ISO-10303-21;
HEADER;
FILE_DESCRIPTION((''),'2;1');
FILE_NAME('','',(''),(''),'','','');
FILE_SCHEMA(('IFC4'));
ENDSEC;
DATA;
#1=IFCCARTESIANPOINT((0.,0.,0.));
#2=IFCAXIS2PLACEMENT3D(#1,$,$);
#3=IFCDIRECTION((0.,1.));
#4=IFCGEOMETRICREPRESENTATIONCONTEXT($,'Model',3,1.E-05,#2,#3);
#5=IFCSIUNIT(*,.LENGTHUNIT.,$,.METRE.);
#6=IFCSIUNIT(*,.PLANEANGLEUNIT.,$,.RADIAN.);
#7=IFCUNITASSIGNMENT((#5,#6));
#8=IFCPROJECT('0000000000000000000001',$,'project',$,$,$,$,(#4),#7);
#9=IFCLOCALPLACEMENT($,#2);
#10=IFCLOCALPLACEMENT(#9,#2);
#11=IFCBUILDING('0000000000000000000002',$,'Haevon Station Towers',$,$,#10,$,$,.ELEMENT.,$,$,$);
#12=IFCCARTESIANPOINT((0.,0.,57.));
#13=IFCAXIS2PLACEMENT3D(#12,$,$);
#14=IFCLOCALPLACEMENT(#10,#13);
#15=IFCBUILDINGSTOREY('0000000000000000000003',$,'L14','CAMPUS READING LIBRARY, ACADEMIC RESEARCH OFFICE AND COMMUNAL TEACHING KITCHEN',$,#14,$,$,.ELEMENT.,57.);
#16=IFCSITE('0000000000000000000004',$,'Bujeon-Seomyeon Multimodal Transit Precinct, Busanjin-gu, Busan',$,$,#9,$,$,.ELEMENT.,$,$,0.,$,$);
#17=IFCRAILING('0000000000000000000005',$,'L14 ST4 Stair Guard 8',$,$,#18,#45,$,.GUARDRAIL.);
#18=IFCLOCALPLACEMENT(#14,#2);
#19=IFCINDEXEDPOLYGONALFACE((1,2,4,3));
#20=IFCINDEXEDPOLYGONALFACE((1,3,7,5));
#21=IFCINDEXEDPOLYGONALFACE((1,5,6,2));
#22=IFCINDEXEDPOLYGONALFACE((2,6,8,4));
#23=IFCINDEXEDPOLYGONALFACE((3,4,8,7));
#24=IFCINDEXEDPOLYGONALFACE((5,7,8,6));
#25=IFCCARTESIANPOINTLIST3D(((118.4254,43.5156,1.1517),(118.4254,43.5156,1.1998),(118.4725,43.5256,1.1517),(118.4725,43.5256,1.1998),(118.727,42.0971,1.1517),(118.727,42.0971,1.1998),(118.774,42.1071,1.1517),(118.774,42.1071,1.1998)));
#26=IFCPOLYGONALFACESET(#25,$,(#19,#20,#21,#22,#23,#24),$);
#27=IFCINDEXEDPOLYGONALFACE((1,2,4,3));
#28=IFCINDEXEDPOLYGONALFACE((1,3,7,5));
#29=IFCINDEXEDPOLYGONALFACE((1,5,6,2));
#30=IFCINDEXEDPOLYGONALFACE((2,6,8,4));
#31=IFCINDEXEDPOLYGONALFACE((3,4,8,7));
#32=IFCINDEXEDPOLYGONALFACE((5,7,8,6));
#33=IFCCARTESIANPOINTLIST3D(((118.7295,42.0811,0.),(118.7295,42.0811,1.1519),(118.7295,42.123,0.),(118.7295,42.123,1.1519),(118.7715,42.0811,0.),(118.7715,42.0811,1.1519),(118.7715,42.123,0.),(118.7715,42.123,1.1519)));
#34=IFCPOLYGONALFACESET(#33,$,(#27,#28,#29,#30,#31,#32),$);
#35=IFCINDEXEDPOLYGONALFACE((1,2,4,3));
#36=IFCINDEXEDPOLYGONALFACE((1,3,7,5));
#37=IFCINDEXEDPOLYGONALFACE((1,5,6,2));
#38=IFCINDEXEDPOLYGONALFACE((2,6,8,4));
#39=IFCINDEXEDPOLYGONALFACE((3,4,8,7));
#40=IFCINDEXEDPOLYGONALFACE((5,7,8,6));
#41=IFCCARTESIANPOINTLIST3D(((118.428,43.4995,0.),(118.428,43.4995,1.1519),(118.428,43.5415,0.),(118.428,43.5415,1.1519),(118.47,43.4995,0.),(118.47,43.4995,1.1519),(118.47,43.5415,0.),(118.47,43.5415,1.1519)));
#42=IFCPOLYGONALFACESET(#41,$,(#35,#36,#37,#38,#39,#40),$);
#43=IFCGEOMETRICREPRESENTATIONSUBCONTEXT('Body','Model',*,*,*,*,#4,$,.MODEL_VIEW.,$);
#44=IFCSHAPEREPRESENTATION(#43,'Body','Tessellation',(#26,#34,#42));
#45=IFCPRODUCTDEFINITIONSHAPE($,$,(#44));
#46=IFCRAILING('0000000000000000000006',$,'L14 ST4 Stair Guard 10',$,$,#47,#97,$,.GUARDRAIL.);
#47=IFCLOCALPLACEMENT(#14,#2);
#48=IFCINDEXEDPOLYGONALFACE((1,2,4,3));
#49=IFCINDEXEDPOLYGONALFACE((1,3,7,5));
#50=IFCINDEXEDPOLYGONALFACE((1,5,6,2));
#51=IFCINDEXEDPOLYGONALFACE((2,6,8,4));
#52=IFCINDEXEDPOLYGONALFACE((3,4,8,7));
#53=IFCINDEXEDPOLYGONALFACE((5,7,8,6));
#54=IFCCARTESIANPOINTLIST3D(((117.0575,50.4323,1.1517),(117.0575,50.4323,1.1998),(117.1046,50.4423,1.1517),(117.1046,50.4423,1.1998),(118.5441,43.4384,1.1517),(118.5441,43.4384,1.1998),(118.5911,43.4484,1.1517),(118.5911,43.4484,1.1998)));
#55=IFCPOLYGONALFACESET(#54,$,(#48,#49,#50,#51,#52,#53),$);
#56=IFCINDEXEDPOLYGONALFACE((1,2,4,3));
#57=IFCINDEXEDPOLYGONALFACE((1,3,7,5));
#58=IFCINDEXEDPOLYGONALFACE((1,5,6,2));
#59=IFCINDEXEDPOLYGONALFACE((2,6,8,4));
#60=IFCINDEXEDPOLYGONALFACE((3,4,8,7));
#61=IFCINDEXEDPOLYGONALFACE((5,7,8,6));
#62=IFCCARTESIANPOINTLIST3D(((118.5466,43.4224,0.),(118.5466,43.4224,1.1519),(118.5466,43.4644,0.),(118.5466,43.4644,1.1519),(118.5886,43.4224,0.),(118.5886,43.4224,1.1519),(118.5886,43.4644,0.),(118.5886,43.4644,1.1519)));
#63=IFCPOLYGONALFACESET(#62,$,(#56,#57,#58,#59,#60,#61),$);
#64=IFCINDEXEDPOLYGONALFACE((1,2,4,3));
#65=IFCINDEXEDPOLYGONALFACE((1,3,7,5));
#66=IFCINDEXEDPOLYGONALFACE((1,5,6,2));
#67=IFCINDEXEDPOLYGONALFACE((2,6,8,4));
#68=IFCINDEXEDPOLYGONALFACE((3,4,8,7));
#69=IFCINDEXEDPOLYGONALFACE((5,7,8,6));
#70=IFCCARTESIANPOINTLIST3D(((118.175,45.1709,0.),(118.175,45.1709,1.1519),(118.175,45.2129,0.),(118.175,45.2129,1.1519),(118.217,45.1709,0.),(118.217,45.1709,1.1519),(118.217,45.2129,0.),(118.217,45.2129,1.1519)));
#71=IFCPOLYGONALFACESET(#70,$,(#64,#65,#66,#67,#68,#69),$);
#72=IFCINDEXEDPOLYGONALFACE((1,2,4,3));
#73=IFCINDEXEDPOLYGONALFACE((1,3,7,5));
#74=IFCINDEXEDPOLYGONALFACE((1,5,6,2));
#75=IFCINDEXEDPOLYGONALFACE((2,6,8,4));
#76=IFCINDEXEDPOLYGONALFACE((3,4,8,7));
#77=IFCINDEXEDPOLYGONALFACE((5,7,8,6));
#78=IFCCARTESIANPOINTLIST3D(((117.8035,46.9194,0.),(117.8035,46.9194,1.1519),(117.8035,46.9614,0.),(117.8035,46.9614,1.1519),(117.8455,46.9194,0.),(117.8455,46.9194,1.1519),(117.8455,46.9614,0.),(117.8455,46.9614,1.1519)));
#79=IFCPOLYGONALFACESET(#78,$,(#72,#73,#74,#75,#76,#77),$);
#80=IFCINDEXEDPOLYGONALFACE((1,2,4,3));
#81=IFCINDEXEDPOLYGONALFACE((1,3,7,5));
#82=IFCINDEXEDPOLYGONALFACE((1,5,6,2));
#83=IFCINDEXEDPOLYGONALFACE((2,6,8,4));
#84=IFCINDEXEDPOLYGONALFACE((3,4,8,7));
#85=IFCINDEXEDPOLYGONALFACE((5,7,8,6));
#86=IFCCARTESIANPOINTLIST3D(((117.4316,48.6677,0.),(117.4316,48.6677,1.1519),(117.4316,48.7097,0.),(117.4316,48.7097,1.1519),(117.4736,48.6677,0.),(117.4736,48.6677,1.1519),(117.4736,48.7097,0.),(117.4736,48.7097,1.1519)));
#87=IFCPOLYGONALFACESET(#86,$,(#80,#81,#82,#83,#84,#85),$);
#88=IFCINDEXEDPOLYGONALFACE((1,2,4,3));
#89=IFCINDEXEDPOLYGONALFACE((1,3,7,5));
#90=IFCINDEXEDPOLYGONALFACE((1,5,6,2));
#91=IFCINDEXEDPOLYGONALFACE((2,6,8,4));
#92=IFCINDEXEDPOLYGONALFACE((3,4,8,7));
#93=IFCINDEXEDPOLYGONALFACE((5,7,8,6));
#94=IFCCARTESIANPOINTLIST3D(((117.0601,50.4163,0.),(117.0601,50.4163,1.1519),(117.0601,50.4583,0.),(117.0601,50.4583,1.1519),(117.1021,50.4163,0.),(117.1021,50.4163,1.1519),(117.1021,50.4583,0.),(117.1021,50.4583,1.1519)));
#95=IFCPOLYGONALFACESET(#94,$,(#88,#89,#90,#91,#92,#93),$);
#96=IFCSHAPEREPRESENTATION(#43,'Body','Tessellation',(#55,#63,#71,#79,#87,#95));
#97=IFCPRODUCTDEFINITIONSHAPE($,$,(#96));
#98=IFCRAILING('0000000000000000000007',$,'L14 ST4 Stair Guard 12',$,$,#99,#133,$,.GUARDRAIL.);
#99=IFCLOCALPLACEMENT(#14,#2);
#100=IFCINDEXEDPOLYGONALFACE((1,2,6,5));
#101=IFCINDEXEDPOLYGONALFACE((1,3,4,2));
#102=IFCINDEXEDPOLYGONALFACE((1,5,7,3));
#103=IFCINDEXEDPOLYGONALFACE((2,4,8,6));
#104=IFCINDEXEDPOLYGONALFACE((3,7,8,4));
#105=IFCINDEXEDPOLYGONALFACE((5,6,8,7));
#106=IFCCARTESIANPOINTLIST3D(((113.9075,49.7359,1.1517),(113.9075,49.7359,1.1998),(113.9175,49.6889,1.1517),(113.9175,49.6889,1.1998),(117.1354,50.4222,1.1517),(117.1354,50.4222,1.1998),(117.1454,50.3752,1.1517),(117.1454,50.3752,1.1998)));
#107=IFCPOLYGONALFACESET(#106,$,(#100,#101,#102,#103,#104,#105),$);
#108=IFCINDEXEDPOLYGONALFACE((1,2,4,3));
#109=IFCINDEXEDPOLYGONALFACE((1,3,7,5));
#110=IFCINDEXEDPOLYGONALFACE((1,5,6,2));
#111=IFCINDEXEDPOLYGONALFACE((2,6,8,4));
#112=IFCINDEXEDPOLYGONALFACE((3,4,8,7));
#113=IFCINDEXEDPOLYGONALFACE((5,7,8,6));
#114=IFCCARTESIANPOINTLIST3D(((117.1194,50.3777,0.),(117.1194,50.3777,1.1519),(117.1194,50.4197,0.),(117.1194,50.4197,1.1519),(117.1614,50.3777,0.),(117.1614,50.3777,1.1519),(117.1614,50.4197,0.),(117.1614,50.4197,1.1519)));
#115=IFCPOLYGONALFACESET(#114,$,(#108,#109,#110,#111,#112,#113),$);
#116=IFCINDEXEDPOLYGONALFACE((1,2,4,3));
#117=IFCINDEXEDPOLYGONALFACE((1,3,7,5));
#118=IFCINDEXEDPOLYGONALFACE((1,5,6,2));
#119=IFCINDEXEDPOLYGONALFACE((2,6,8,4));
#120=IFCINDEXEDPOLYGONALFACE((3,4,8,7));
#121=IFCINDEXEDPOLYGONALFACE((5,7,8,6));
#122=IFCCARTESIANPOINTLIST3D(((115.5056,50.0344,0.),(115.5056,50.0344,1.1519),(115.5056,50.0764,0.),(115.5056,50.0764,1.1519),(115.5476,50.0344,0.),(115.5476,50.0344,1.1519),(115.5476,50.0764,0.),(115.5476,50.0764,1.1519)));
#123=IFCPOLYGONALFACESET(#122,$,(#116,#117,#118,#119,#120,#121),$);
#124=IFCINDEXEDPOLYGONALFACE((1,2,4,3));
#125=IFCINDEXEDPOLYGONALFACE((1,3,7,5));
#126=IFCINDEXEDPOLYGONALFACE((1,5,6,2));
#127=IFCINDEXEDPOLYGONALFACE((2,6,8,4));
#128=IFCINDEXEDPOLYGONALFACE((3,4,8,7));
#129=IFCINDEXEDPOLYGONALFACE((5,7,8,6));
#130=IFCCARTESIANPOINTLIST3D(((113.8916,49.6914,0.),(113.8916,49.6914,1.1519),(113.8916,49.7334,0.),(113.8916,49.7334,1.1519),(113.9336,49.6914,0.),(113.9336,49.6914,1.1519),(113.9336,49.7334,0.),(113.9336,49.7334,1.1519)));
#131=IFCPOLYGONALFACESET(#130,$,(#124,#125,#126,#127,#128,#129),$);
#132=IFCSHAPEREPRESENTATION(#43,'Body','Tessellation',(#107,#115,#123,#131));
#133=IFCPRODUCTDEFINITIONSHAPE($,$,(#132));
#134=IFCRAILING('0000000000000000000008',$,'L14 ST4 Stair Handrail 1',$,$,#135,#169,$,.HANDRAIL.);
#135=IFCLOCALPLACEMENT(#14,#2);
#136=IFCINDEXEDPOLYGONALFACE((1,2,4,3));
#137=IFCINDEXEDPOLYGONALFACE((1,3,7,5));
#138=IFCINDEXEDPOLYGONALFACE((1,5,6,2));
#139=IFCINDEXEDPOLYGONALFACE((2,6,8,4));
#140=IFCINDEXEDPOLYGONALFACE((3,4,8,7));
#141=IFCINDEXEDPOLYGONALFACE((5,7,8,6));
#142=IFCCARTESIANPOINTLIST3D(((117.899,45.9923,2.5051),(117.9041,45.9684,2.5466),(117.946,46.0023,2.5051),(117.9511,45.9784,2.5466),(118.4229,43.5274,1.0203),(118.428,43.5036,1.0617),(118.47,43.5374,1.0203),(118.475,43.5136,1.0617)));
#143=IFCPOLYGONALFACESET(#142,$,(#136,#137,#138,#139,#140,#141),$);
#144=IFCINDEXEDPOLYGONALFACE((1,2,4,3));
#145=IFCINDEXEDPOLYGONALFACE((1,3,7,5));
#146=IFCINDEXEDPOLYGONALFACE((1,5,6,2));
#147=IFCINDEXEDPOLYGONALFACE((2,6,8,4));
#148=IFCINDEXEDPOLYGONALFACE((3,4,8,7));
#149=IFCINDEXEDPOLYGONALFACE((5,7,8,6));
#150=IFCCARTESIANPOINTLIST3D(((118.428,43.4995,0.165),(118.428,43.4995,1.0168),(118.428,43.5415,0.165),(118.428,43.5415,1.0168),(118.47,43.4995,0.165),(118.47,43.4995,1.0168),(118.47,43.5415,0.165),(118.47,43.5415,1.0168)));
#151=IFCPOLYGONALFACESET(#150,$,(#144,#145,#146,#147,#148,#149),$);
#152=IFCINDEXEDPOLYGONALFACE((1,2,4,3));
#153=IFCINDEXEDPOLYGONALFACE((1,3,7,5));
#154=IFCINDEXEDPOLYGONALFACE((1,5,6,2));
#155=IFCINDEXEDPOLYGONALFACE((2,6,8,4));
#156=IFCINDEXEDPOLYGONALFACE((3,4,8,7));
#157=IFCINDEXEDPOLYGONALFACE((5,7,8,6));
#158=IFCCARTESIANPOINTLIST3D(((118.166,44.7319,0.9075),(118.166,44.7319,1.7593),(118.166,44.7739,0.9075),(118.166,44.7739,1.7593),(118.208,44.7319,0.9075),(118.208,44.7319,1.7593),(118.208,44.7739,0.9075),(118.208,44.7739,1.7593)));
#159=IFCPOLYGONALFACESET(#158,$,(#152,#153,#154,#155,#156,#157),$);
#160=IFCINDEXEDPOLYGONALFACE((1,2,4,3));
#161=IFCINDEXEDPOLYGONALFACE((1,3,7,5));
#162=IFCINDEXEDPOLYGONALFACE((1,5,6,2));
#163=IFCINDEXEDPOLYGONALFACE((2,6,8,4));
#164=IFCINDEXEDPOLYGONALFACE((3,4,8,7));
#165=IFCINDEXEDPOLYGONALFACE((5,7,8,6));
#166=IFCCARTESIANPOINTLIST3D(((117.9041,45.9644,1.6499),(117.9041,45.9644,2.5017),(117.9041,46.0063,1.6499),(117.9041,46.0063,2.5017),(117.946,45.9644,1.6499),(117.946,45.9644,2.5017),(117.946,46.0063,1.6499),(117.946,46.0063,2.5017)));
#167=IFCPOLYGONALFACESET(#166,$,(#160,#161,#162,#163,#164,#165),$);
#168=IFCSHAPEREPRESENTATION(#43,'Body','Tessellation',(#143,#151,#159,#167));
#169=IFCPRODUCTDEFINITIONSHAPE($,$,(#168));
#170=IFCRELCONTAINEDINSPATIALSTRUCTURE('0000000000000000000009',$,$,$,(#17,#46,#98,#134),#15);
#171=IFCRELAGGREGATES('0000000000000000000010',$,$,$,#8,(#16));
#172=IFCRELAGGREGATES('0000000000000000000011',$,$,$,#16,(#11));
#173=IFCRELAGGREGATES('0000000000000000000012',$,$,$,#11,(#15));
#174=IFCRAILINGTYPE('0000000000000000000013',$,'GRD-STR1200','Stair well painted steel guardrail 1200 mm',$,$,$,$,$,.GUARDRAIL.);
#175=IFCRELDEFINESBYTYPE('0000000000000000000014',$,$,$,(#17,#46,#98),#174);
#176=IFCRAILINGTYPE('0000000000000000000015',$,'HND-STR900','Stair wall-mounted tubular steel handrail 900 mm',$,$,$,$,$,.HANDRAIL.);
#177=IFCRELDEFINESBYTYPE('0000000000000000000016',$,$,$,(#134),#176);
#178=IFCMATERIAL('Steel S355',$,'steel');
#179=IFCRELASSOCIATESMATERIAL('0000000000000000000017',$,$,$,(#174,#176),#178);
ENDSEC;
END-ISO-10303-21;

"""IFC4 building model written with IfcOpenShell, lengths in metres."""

from ifc_helpers import new_model, si_unit, direction, frame, origin, origin_2d, place, context, subcontext, project, spatial, rectangle, extrude, material, type_object, element, save


model = new_model("IFC4")

# Units and contexts
model_context = context("Model", 3, precision=1e-05, world=origin(), true_north=direction((0.0, 1.0)))
body_context = subcontext(model_context, "Body", "Model", "MODEL_VIEW")
ifc_project = project(units=[si_unit("LENGTHUNIT", "METRE"), si_unit("PLANEANGLEUNIT", "RADIAN")], contexts=[model_context])

# Site, building, storey
site_placement = place(None, origin())
site = spatial("IfcSite", under=ifc_project, at=site_placement, Name="Bujeon-Seomyeon Multimodal Transit Precinct, Busanjin-gu, Busan", CompositionType="ELEMENT", RefElevation=0.0)
building_placement = place(site_placement, origin())
building = spatial("IfcBuilding", under=site, at=building_placement, Name="Haevon Station Towers", CompositionType="ELEMENT")
storey_placement = place(building_placement, frame((0.0, 0.0, 57.0)))
storey = spatial("IfcBuildingStorey", under=building, at=storey_placement, Name="L14", Description="CAMPUS READING LIBRARY, ACADEMIC RESEARCH OFFICE AND COMMUNAL TEACHING KITCHEN", CompositionType="ELEMENT", Elevation=57.0)

# Shared definitions
ifc_material_1 = material(Name="Steel S355", Category="steel")

# Railings
railing_type_1 = type_object("IfcRailingType", Name="GRD-STR1200", Description="Stair well painted steel guardrail 1200 mm", PredefinedType="GUARDRAIL", material=ifc_material_1)
railing_1_placement = place(storey_placement, frame((118.7505, 42.1021, 0.0)))
element("IfcRailing", 1, at=railing_1_placement, inside=storey, type_object=railing_type_1, Name="L14 ST4 Stair Guard 8", PredefinedType="GUARDRAIL", context=body_context, shape_type="SweptSolid", body=[
    extrude(rectangle(XDim=0.0481, YDim=0.0481, at=origin_2d()), frame((0.0, 0.0, 1.1758), z_axis=(-0.207919, 0.978146, 0.0), x_axis=(-0.978146, -0.207919, 0.0)), (0.0, 0.0, 1.0), 1.4502),
    extrude(rectangle(XDim=0.042, YDim=0.042, at=origin_2d()), origin(), (0.0, 0.0, 1.0), 1.1519),
    extrude(rectangle(XDim=0.042, YDim=0.042, at=origin_2d()), frame((-0.3015, 1.4185, 0.0)), (0.0, 0.0, 1.0), 1.1519),
])
railing_2_placement = place(storey_placement, frame((118.5676, 43.4434, 0.0)))
element("IfcRailing", 2, at=railing_2_placement, inside=storey, type_object=railing_type_1, Name="L14 ST4 Stair Guard 10", PredefinedType="GUARDRAIL", context=body_context, shape_type="SweptSolid", body=[
    extrude(rectangle(XDim=0.0481, YDim=0.0481, at=origin_2d()), frame((0.0, 0.0, 1.1758), z_axis=(-0.207908, 0.978148, 0.0), x_axis=(-0.978148, -0.207908, 0.0)), (0.0, 0.0, 1.0), 7.1501),
    extrude(rectangle(XDim=0.042, YDim=0.042, at=origin_2d()), origin(), (0.0, 0.0, 1.0), 1.1519),
    extrude(rectangle(XDim=0.042, YDim=0.042, at=origin_2d()), frame((-0.3716, 1.7485, 0.0)), (0.0, 0.0, 1.0), 1.1519),
    extrude(rectangle(XDim=0.042, YDim=0.042, at=origin_2d()), frame((-0.7432, 3.4971, 0.0)), (0.0, 0.0, 1.0), 1.1519),
    extrude(rectangle(XDim=0.042, YDim=0.042, at=origin_2d()), frame((-1.115, 5.2454, 0.0)), (0.0, 0.0, 1.0), 1.1519),
    extrude(rectangle(XDim=0.042, YDim=0.042, at=origin_2d()), frame((-1.4866, 6.9939, 0.0)), (0.0, 0.0, 1.0), 1.1519),
])
railing_3_placement = place(storey_placement, frame((117.1404, 50.3987, 0.0)))
element("IfcRailing", 3, at=railing_3_placement, inside=storey, type_object=railing_type_1, Name="L14 ST4 Stair Guard 12", PredefinedType="GUARDRAIL", context=body_context, shape_type="SweptSolid", body=[
    extrude(rectangle(XDim=0.0481, YDim=0.0481, at=origin_2d()), frame((0.0, 0.0, 1.1758), z_axis=(-0.978136, -0.207968, 0.0), x_axis=(0.207968, -0.978136, 0.0)), (0.0, 0.0, 1.0), 3.3),
    extrude(rectangle(XDim=0.042, YDim=0.042, at=origin_2d()), origin(), (0.0, 0.0, 1.0), 1.1519),
    extrude(rectangle(XDim=0.042, YDim=0.042, at=origin_2d()), frame((-1.6138, -0.3433, 0.0)), (0.0, 0.0, 1.0), 1.1519),
    extrude(rectangle(XDim=0.042, YDim=0.042, at=origin_2d()), frame((-3.2278, -0.6863, 0.0)), (0.0, 0.0, 1.0), 1.1519),
])
railing_type_2 = type_object("IfcRailingType", Name="HND-STR900", Description="Stair wall-mounted tubular steel handrail 900 mm", PredefinedType="HANDRAIL", material=ifc_material_1)
railing_4_placement = place(storey_placement, frame((118.449, 43.5205, 0.165)))
element("IfcRailing", 4, at=railing_4_placement, inside=storey, type_object=railing_type_2, Name="L14 ST4 Stair Handrail 1", PredefinedType="HANDRAIL", context=body_context, shape_type="SweptSolid", body=[
    extrude(rectangle(XDim=0.0481, YDim=0.0481, at=origin_2d()), frame((0.0, 0.0, 0.876), z_axis=(-0.179129, 0.842724, 0.507671), x_axis=(-0.978147, -0.207914, 0.0)), (0.0, 0.0, 1.0), 2.9248),
    extrude(rectangle(XDim=0.042, YDim=0.042, at=origin_2d()), origin(), (0.0, 0.0, 1.0), 0.8518),
    extrude(rectangle(XDim=0.042, YDim=0.042, at=origin_2d()), frame((-0.262, 1.2324, 0.7424)), (0.0, 0.0, 1.0), 0.8518),
    extrude(rectangle(XDim=0.042, YDim=0.042, at=origin_2d()), frame((-0.5239, 2.4648, 1.4849)), (0.0, 0.0, 1.0), 0.8518),
])

save(model, "model.ifc")
